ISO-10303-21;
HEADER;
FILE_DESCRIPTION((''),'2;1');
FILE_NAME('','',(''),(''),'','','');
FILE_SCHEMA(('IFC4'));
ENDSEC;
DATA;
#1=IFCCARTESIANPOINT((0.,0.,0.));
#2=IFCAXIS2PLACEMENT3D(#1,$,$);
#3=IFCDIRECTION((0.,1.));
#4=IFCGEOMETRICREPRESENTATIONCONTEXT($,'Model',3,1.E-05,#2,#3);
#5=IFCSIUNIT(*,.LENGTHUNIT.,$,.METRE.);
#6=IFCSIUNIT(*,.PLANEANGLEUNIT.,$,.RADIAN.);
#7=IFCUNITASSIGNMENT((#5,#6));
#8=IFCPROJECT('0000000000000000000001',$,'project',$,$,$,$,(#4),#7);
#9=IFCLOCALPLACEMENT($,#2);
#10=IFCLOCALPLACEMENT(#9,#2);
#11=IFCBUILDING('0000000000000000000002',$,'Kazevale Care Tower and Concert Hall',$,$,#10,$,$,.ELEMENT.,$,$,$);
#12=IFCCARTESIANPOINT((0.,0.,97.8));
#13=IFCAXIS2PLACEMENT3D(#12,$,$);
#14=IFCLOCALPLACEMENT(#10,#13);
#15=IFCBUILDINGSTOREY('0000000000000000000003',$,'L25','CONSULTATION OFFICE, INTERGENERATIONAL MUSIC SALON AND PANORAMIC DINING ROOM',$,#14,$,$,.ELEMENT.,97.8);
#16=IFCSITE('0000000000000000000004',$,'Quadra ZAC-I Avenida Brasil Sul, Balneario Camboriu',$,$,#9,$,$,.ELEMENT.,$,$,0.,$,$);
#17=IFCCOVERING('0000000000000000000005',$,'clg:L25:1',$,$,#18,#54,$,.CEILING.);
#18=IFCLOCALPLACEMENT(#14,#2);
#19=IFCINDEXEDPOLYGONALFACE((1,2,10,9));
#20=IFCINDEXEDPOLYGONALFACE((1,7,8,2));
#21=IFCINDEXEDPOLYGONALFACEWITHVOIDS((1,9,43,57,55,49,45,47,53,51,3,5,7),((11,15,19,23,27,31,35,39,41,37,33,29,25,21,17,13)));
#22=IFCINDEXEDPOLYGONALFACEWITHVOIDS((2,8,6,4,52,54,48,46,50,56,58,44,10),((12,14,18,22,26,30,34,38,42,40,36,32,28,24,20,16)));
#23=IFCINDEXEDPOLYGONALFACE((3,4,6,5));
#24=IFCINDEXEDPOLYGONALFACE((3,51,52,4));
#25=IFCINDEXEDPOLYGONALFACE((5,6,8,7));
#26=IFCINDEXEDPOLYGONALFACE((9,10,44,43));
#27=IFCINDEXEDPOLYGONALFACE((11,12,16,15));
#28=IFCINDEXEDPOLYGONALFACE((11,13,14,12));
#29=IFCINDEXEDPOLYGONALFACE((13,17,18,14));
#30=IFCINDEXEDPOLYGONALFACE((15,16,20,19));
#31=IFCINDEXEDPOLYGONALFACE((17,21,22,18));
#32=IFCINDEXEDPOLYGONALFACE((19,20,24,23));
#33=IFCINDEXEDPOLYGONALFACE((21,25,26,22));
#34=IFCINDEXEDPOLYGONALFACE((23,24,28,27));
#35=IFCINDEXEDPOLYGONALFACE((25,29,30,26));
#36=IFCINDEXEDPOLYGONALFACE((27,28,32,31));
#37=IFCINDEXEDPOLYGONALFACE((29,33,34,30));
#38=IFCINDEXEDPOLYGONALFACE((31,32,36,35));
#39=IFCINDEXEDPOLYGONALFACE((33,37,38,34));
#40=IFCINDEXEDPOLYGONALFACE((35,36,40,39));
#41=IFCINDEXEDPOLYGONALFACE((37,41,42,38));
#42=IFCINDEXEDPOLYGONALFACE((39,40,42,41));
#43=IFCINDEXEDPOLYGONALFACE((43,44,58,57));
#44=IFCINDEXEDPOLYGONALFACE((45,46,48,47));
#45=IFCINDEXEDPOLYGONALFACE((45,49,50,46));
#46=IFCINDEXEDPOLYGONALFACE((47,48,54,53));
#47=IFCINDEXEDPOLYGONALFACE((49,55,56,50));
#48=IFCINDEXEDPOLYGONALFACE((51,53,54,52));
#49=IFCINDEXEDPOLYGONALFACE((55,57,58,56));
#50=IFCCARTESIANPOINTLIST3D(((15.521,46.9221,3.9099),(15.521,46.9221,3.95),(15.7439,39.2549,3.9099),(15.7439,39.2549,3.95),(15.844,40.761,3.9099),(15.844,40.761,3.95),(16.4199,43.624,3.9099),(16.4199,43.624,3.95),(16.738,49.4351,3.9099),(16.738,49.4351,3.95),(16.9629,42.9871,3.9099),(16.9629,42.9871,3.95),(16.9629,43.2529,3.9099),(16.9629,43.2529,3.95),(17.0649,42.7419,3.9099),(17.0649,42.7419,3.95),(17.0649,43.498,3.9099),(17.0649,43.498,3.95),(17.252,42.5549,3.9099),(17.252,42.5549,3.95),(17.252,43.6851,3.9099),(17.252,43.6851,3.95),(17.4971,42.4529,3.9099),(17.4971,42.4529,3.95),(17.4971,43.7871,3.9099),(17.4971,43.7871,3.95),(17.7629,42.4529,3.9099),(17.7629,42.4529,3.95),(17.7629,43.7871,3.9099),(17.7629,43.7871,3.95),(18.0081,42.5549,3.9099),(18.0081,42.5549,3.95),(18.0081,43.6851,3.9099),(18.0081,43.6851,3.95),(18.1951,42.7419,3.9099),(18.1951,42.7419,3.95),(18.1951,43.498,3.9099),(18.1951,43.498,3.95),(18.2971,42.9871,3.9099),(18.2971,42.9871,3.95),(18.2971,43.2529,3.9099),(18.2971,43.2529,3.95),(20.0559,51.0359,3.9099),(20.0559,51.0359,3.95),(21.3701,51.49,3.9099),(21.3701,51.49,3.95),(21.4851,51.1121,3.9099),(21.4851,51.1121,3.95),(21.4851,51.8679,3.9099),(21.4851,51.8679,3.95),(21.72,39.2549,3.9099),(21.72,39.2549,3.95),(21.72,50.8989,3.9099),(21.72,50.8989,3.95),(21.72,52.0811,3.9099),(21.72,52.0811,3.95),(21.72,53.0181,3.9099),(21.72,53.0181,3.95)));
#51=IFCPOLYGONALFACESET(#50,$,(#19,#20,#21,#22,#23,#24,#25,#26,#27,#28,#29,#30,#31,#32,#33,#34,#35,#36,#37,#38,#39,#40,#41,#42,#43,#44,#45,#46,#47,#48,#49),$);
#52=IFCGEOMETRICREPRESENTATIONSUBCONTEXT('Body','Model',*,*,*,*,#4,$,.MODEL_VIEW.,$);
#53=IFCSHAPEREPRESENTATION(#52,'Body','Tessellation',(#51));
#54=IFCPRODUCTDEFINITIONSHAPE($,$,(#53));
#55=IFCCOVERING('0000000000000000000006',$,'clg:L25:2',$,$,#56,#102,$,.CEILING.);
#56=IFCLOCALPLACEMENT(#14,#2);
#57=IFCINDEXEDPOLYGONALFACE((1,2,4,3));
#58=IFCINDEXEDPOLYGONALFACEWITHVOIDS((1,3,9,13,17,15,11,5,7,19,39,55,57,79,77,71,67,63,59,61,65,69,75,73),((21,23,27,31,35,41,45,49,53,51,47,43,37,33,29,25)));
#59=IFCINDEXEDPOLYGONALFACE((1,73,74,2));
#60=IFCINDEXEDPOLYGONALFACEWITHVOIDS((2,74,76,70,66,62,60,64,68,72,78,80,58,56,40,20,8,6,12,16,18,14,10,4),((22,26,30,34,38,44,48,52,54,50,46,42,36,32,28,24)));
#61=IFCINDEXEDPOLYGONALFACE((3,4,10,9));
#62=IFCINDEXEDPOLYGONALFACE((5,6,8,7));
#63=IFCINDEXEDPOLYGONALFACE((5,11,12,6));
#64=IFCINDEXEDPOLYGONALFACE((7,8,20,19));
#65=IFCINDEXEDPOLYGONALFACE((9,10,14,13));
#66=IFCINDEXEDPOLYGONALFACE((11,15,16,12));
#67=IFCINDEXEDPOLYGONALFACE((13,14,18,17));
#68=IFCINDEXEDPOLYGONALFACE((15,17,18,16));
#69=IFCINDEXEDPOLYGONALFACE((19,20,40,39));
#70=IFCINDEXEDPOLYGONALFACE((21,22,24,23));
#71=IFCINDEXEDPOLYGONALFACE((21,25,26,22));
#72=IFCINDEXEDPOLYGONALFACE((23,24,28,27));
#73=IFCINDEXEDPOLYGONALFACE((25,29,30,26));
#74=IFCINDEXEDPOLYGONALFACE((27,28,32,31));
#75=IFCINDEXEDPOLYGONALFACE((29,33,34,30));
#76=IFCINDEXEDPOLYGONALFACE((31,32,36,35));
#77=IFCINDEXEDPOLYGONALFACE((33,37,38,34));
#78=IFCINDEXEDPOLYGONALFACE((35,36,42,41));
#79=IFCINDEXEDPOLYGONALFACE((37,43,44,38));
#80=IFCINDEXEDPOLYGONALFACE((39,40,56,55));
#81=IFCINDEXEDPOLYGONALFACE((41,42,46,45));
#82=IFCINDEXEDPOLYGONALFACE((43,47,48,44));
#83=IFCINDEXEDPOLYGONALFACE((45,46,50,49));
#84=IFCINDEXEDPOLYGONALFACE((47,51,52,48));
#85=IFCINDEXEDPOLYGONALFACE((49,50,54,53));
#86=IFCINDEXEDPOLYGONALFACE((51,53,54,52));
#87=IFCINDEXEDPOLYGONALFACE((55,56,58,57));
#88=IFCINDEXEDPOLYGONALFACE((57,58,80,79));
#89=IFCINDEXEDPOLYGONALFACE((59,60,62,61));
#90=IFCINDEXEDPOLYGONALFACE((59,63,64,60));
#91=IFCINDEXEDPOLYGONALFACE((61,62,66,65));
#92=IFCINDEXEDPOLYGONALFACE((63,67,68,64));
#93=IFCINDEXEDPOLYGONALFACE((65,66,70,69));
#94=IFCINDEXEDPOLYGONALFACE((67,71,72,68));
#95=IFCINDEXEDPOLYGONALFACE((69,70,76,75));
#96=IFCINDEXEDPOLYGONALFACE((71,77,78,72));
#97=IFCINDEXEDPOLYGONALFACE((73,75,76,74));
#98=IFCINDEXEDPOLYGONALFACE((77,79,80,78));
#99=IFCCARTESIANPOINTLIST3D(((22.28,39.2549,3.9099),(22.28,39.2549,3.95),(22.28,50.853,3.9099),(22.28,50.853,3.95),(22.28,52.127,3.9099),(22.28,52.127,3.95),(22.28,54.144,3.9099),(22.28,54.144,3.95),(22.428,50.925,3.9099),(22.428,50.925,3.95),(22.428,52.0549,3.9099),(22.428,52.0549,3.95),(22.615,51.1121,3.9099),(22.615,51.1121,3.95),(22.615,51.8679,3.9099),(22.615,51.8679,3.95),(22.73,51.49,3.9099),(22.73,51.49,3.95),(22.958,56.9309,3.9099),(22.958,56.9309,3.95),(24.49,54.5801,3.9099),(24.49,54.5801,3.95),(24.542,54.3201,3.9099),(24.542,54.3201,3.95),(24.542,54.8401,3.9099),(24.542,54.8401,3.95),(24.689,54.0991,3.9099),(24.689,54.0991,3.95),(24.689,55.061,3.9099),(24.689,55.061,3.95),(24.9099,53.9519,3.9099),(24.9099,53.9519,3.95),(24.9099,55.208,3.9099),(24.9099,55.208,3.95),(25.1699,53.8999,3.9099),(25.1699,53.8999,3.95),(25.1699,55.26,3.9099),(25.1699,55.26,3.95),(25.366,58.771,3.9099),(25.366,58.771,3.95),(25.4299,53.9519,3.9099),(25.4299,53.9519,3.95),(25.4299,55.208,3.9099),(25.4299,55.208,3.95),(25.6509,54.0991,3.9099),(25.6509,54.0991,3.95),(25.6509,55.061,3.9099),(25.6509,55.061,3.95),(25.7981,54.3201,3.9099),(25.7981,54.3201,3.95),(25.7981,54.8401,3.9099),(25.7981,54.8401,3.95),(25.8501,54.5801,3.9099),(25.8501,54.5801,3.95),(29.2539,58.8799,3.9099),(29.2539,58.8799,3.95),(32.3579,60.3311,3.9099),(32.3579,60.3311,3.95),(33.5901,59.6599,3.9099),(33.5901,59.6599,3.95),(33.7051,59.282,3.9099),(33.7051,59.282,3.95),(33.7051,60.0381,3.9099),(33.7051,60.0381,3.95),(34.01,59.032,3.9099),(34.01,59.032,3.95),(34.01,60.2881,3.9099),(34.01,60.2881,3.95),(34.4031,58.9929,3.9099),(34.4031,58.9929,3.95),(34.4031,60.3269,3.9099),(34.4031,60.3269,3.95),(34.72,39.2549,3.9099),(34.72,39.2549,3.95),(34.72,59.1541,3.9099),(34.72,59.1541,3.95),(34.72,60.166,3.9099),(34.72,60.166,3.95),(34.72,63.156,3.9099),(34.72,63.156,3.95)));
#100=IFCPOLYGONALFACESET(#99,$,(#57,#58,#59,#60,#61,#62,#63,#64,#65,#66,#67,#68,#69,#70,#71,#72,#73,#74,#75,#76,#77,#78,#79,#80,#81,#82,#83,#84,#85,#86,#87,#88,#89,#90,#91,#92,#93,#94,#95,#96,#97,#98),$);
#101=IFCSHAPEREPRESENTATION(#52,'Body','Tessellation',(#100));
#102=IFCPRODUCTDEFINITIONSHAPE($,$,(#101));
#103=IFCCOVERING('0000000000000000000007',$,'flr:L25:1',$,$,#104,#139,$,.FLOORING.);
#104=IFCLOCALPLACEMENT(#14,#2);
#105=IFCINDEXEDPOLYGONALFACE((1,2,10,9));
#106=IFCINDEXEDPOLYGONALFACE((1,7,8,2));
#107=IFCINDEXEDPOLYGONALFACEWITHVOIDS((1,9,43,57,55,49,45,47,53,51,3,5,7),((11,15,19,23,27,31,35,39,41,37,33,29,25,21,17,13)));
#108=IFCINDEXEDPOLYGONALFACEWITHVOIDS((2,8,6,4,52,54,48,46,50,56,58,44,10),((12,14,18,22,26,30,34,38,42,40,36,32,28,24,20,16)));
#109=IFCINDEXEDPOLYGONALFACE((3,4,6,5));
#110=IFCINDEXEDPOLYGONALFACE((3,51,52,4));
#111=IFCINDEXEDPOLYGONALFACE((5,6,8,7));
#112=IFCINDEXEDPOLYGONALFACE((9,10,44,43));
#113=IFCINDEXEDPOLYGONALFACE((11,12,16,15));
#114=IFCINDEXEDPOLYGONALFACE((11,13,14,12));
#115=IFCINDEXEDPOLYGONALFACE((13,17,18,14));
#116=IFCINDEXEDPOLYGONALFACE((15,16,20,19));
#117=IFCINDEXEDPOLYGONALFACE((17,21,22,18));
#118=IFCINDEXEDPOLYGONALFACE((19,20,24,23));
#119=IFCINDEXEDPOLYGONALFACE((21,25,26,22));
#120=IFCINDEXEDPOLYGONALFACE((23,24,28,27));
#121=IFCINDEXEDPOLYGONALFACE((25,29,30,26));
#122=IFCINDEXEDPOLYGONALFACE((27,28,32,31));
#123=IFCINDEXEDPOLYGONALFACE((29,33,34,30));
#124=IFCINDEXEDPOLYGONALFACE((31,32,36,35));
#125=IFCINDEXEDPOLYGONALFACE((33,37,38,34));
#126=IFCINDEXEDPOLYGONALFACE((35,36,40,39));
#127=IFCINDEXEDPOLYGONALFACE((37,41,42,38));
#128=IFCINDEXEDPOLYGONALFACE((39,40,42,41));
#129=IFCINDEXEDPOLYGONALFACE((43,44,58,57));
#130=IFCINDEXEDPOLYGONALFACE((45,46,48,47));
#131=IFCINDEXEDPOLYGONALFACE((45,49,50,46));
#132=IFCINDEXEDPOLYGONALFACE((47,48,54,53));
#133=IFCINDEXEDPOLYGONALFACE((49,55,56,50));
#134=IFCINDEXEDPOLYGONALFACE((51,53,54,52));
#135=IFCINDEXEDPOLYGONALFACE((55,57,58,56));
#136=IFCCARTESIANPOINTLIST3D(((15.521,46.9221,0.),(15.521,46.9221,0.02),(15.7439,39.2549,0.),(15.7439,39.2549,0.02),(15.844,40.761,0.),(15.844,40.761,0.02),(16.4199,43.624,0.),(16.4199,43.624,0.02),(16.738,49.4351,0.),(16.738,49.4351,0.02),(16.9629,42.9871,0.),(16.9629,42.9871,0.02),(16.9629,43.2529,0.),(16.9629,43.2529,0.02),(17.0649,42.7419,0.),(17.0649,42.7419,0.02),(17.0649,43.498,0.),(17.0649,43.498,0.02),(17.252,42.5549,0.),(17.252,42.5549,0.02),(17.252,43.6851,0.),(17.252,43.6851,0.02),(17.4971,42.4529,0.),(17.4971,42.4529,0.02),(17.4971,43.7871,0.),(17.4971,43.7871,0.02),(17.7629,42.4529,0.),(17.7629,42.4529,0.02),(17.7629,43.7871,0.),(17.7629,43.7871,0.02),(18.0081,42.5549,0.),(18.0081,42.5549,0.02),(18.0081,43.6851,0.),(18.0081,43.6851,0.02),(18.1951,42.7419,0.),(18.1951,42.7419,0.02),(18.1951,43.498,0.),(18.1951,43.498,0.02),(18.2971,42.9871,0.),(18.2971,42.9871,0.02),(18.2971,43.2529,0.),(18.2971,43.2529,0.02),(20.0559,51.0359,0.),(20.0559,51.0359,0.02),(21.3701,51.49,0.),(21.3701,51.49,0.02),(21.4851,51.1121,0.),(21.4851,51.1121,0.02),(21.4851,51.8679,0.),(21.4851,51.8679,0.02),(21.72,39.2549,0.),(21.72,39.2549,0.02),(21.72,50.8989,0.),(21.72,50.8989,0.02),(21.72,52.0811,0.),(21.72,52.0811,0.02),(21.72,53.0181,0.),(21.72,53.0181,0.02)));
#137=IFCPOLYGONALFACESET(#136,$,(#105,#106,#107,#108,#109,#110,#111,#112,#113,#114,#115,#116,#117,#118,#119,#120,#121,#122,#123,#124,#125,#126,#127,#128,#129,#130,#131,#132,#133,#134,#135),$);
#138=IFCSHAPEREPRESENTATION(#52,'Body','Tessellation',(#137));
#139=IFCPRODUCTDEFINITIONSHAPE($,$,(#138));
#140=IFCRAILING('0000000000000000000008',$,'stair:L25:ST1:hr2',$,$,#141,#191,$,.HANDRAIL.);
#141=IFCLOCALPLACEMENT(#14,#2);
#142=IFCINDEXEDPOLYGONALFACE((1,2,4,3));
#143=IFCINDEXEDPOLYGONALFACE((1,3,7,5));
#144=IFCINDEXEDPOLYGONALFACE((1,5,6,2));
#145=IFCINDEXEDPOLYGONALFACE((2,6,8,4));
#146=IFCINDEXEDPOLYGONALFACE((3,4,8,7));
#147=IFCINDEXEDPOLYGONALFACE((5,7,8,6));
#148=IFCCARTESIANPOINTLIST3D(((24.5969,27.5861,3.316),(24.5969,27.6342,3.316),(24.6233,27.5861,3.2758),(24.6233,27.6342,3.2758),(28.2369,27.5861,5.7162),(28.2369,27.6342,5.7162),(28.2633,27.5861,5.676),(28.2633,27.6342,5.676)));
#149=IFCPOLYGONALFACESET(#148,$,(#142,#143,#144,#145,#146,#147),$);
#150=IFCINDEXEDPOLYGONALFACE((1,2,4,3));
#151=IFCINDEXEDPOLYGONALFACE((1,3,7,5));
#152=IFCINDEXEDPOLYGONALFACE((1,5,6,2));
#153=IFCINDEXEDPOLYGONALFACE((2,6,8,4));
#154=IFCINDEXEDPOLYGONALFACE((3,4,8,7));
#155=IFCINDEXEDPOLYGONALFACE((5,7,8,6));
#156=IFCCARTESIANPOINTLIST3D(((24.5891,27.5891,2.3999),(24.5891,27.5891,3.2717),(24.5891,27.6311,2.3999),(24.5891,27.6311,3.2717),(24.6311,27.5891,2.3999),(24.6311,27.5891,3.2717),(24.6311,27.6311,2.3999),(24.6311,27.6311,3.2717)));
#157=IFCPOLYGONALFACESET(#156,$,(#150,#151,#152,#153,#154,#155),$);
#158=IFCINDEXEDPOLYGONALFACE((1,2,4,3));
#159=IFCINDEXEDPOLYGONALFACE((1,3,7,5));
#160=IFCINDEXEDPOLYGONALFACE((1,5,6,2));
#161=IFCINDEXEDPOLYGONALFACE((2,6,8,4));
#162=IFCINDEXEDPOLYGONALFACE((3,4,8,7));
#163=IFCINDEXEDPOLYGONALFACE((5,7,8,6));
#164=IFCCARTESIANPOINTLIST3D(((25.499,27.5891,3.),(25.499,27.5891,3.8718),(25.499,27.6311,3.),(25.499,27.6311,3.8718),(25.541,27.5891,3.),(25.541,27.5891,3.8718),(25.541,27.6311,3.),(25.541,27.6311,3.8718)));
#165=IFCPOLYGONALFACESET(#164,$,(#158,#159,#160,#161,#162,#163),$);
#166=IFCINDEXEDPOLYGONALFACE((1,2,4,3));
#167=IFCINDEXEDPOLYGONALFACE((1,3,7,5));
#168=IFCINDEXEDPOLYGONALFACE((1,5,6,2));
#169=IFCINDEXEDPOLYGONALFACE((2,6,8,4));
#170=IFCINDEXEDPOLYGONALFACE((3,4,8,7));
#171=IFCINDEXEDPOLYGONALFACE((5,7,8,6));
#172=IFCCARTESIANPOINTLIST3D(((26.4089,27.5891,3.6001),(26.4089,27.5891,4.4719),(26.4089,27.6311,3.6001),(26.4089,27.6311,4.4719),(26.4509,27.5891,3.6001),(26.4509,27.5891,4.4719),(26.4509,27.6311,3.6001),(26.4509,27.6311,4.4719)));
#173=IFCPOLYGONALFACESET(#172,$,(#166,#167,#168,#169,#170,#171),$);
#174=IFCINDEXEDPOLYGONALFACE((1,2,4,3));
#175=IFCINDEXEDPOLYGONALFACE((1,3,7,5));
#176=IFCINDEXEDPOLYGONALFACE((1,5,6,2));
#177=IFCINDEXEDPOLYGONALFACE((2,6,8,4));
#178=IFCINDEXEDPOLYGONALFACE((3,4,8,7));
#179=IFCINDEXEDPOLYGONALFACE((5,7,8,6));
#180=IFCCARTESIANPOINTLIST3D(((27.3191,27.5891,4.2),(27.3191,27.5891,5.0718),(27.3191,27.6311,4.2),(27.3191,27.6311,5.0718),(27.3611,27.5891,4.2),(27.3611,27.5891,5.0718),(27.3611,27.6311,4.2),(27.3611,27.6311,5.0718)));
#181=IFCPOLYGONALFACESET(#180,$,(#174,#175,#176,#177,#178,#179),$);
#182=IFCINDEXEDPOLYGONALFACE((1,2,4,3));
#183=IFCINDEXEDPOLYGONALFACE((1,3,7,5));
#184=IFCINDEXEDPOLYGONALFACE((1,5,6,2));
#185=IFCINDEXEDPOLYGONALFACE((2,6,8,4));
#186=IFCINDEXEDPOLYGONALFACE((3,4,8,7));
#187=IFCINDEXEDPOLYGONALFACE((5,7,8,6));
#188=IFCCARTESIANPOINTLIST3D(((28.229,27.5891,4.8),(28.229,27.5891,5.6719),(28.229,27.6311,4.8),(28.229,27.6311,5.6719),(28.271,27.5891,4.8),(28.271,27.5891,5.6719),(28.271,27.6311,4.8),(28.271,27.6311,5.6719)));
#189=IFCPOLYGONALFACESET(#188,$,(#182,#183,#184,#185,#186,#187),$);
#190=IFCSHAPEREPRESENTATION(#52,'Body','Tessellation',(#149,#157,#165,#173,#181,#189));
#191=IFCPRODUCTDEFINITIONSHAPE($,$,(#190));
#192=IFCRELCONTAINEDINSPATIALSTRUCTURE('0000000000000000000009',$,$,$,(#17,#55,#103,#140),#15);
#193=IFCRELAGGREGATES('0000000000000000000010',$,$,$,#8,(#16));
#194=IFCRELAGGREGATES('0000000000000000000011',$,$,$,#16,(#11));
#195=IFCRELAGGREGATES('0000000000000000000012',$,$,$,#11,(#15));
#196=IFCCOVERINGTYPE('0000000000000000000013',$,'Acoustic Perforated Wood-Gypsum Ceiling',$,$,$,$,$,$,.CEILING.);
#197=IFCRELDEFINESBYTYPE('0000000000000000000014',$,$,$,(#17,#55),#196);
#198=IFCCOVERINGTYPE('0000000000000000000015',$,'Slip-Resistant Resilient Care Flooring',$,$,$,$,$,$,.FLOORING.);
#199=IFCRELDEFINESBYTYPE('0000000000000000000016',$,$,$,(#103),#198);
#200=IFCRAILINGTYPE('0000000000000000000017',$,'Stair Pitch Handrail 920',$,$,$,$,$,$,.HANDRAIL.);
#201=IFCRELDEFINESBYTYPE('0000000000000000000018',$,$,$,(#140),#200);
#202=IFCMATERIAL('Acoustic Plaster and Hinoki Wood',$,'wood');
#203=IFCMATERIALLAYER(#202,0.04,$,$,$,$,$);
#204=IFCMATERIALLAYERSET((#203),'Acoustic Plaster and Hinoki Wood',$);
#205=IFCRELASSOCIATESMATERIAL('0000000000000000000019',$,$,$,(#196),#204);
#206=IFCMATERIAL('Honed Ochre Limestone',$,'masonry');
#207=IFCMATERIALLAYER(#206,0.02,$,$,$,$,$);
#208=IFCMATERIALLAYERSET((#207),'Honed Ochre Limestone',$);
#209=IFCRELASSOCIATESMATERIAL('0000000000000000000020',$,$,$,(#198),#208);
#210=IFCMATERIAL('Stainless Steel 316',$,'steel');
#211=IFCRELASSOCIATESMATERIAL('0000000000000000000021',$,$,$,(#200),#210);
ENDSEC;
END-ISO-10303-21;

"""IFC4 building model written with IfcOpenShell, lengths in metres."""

from ifc_helpers import new_model, si_unit, direction, frame, origin, origin_2d, place, context, subcontext, project, spatial, polyline, rectangle, outline, extrude, material, layer, layer_set, type_object, element, save


model = new_model("IFC4")

# Units and contexts
model_context = context("Model", 3, precision=1e-05, world=origin(), true_north=direction((0.0, 1.0)))
body_context = subcontext(model_context, "Body", "Model", "MODEL_VIEW")
ifc_project = project(units=[si_unit("LENGTHUNIT", "METRE"), si_unit("PLANEANGLEUNIT", "RADIAN")], contexts=[model_context])

# Site, building, storey
site_placement = place(None, origin())
site = spatial("IfcSite", under=ifc_project, at=site_placement, Name="Quadra ZAC-I Avenida Brasil Sul, Balneario Camboriu", CompositionType="ELEMENT", RefElevation=0.0)
building_placement = place(site_placement, origin())
building = spatial("IfcBuilding", under=site, at=building_placement, Name="Kazevale Care Tower and Concert Hall", CompositionType="ELEMENT")
storey_placement = place(building_placement, frame((0.0, 0.0, 97.8)))
storey = spatial("IfcBuildingStorey", under=building, at=storey_placement, Name="L25", Description="CONSULTATION OFFICE, INTERGENERATIONAL MUSIC SALON AND PANORAMIC DINING ROOM", CompositionType="ELEMENT", Elevation=97.8)

# Coverings
ifc_material_1 = material(Name="Acoustic Plaster and Hinoki Wood", Category="wood")
ifc_layer_1 = layer(ifc_material_1, 0.04)
ifc_layer_set_1 = layer_set([ifc_layer_1], Name="Acoustic Plaster and Hinoki Wood")
covering_type_1 = type_object("IfcCoveringType", Name="Acoustic Perforated Wood-Gypsum Ceiling", PredefinedType="CEILING", material=ifc_layer_set_1)
covering_1_placement = place(storey_placement, frame((0.0, 0.0, 3.9099)))
element("IfcCovering", 1, at=covering_1_placement, inside=storey, type_object=covering_type_1, Name="clg:L25:1", PredefinedType="CEILING", context=body_context, shape_type="SweptSolid", body=[
    extrude(outline(polyline([(16.738, 49.4351), (20.0559, 51.0359), (21.72, 53.0181), (21.72, 52.0811), (21.4851, 51.8679), (21.3701, 51.49), (21.4851, 51.1121), (21.72, 50.8989), (21.72, 39.2549), (15.7439, 39.2549), (15.844, 40.761), (16.4199, 43.624), (15.521, 46.9221), (16.738, 49.4351)]), holes=[polyline([(18.2971, 43.2529), (18.1951, 43.498), (18.0081, 43.6851), (17.7629, 43.7871), (17.4971, 43.7871), (17.252, 43.6851), (17.0649, 43.498), (16.9629, 43.2529), (16.9629, 42.9871), (17.0649, 42.7419), (17.252, 42.5549), (17.4971, 42.4529), (17.7629, 42.4529), (18.0081, 42.5549), (18.1951, 42.7419), (18.2971, 42.9871), (18.2971, 43.2529)])]), origin(), (0.0, 0.0, 1.0), 0.04),
])
covering_2_placement = place(storey_placement, frame((0.0, 0.0, 3.9099)))
element("IfcCovering", 2, at=covering_2_placement, inside=storey, type_object=covering_type_1, Name="clg:L25:2", PredefinedType="CEILING", context=body_context, shape_type="SweptSolid", body=[
    extrude(outline(polyline([(34.72, 60.166), (34.4031, 60.3269), (34.01, 60.2881), (33.7051, 60.0381), (33.5901, 59.6599), (33.7051, 59.282), (34.01, 59.032), (34.4031, 58.9929), (34.72, 59.1541), (34.72, 39.2549), (22.28, 39.2549), (22.28, 50.853), (22.428, 50.925), (22.615, 51.1121), (22.73, 51.49), (22.615, 51.8679), (22.428, 52.0549), (22.28, 52.127), (22.28, 54.144), (22.958, 56.9309), (25.366, 58.771), (29.2539, 58.8799), (32.3579, 60.3311), (34.72, 63.156), (34.72, 60.166)]), holes=[polyline([(25.7981, 54.8401), (25.6509, 55.061), (25.4299, 55.208), (25.1699, 55.26), (24.9099, 55.208), (24.689, 55.061), (24.542, 54.8401), (24.49, 54.5801), (24.542, 54.3201), (24.689, 54.0991), (24.9099, 53.9519), (25.1699, 53.8999), (25.4299, 53.9519), (25.6509, 54.0991), (25.7981, 54.3201), (25.8501, 54.5801), (25.7981, 54.8401)])]), origin(), (0.0, 0.0, 1.0), 0.04),
])
ifc_material_2 = material(Name="Honed Ochre Limestone", Category="masonry")
ifc_layer_2 = layer(ifc_material_2, 0.02)
ifc_layer_set_2 = layer_set([ifc_layer_2], Name="Honed Ochre Limestone")
covering_type_2 = type_object("IfcCoveringType", Name="Slip-Resistant Resilient Care Flooring", PredefinedType="FLOORING", material=ifc_layer_set_2)
covering_3_placement = place(storey_placement, origin())
element("IfcCovering", 3, at=covering_3_placement, inside=storey, type_object=covering_type_2, Name="flr:L25:1", PredefinedType="FLOORING", context=body_context, shape_type="SweptSolid", body=[
    extrude(outline(polyline([(16.738, 49.4351), (20.0559, 51.0359), (21.72, 53.0181), (21.72, 52.0811), (21.4851, 51.8679), (21.3701, 51.49), (21.4851, 51.1121), (21.72, 50.8989), (21.72, 39.2549), (15.7439, 39.2549), (15.844, 40.761), (16.4199, 43.624), (15.521, 46.9221), (16.738, 49.4351)]), holes=[polyline([(18.2971, 43.2529), (18.1951, 43.498), (18.0081, 43.6851), (17.7629, 43.7871), (17.4971, 43.7871), (17.252, 43.6851), (17.0649, 43.498), (16.9629, 43.2529), (16.9629, 42.9871), (17.0649, 42.7419), (17.252, 42.5549), (17.4971, 42.4529), (17.7629, 42.4529), (18.0081, 42.5549), (18.1951, 42.7419), (18.2971, 42.9871), (18.2971, 43.2529)])]), origin(), (0.0, 0.0, 1.0), 0.02),
])

# Railing
ifc_material_3 = material(Name="Stainless Steel 316", Category="steel")
railing_type_1 = type_object("IfcRailingType", Name="Stair Pitch Handrail 920", PredefinedType="HANDRAIL", material=ifc_material_3)
railing_1_placement = place(storey_placement, frame((24.6101, 27.6101, 2.3999)))
element("IfcRailing", 4, at=railing_1_placement, inside=storey, type_object=railing_type_1, Name="stair:L25:ST1:hr2", PredefinedType="HANDRAIL", context=body_context, shape_type="SweptSolid", body=[
    extrude(rectangle(XDim=0.0481, YDim=0.0481, at=origin_2d()), frame((0.0, 0.0, 0.896), z_axis=(0.834839, 0.0, 0.550493), x_axis=(0.0, 1.0, 0.0)), (0.0, 0.0, 1.0), 4.3601),
    extrude(rectangle(XDim=0.042, YDim=0.042, at=origin_2d()), origin(), (0.0, 0.0, 1.0), 0.8718),
    extrude(rectangle(XDim=0.042, YDim=0.042, at=origin_2d()), frame((0.9099, 0.0, 0.6001)), (0.0, 0.0, 1.0), 0.8718),
    extrude(rectangle(XDim=0.042, YDim=0.042, at=origin_2d()), frame((1.8198, 0.0, 1.2002)), (0.0, 0.0, 1.0), 0.8718),
    extrude(rectangle(XDim=0.042, YDim=0.042, at=origin_2d()), frame((2.73, 0.0, 1.8)), (0.0, 0.0, 1.0), 0.8718),
    extrude(rectangle(XDim=0.042, YDim=0.042, at=origin_2d()), frame((3.6399, 0.0, 2.4001)), (0.0, 0.0, 1.0), 0.8718),
])

save(model, "model.ifc")
